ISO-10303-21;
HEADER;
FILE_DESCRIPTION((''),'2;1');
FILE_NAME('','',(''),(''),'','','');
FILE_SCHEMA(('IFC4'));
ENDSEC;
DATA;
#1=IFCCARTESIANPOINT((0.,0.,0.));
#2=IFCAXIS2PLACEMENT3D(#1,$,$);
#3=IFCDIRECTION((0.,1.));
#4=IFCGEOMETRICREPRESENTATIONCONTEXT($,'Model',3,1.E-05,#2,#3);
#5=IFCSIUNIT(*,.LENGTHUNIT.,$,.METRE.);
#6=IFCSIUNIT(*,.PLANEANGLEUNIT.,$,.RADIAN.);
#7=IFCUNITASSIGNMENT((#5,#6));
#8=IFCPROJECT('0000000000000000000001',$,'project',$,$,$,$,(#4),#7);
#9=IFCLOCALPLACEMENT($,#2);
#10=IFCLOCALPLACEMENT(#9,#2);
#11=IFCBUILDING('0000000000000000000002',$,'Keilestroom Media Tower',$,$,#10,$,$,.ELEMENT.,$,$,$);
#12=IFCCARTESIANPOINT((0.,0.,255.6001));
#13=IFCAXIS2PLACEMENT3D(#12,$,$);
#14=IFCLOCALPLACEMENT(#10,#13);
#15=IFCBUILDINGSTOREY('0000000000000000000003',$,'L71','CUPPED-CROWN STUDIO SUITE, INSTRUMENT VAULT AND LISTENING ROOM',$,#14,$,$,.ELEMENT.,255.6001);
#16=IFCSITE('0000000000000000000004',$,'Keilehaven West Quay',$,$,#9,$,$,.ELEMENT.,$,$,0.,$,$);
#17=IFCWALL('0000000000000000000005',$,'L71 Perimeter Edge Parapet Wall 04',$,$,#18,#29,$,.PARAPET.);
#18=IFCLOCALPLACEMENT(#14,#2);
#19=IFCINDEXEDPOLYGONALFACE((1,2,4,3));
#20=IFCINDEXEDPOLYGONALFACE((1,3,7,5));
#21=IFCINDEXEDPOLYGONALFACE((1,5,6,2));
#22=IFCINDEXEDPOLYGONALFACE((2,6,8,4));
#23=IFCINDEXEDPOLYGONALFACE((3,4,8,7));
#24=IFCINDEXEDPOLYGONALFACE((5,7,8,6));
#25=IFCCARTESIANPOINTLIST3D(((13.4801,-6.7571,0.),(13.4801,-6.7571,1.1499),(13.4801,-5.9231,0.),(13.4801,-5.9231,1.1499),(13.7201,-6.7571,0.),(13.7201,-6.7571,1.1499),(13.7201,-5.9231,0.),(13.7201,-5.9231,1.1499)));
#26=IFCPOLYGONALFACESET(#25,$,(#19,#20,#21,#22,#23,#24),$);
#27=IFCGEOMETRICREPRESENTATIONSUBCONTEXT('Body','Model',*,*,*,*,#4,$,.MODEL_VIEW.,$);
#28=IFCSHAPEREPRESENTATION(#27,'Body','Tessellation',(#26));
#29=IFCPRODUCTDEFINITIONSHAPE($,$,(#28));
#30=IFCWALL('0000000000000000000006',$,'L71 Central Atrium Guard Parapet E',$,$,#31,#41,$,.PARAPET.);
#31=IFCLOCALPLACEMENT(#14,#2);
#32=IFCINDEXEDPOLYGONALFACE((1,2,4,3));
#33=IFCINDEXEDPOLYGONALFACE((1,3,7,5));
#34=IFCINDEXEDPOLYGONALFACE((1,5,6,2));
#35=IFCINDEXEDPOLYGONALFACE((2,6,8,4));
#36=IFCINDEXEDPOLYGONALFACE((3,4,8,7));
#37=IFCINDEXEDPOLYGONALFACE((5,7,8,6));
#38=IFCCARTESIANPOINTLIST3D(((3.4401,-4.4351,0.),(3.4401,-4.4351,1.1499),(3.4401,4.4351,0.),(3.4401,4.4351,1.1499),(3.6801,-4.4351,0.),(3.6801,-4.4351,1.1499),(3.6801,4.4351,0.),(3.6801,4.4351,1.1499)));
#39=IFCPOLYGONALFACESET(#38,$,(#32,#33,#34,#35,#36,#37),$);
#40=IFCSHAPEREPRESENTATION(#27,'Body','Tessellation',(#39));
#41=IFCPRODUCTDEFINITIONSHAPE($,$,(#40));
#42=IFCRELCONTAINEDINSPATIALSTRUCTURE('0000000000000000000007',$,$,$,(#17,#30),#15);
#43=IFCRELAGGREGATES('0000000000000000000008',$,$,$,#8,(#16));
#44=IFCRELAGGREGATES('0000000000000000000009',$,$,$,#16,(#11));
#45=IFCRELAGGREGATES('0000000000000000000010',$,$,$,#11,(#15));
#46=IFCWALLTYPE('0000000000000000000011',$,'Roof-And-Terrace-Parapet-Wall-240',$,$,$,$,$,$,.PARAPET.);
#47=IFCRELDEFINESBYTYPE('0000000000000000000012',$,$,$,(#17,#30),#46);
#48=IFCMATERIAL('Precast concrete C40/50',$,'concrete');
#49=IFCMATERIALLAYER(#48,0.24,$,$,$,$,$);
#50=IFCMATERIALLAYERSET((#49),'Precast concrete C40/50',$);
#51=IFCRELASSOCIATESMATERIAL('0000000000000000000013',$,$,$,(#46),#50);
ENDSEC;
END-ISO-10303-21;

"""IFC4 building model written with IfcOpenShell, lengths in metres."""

from ifc_helpers import new_model, si_unit, direction, frame, frame_2d, origin, place, context, subcontext, project, spatial, rectangle, extrude, material, layer, layer_set, type_object, element, save


model = new_model("IFC4")

# Units and contexts
model_context = context("Model", 3, precision=1e-05, world=origin(), true_north=direction((0.0, 1.0)))
body_context = subcontext(model_context, "Body", "Model", "MODEL_VIEW")
ifc_project = project(units=[si_unit("LENGTHUNIT", "METRE"), si_unit("PLANEANGLEUNIT", "RADIAN")], contexts=[model_context])

# Site, building, storey
site_placement = place(None, origin())
site = spatial("IfcSite", under=ifc_project, at=site_placement, Name="Keilehaven West Quay", CompositionType="ELEMENT", RefElevation=0.0)
building_placement = place(site_placement, origin())
building = spatial("IfcBuilding", under=site, at=building_placement, Name="Keilestroom Media Tower", CompositionType="ELEMENT")
storey_placement = place(building_placement, frame((0.0, 0.0, 255.6001)))
storey = spatial("IfcBuildingStorey", under=building, at=storey_placement, Name="L71", Description="CUPPED-CROWN STUDIO SUITE, INSTRUMENT VAULT AND LISTENING ROOM", CompositionType="ELEMENT", Elevation=255.6001)

# Walls
ifc_material_1 = material(Name="Precast concrete C40/50", Category="concrete")
ifc_layer_1 = layer(ifc_material_1, 0.24)
ifc_layer_set_1 = layer_set([ifc_layer_1], Name="Precast concrete C40/50")
wall_type_1 = type_object("IfcWallType", Name="Roof-And-Terrace-Parapet-Wall-240", PredefinedType="PARAPET", material=ifc_layer_set_1)
wall_1_placement = place(storey_placement, frame((13.6001, -5.9231, 0.0), z_axis=(0.0, 0.0, 1.0), x_axis=(0.0, -1.0, 0.0)))
element("IfcWall", 1, at=wall_1_placement, inside=storey, type_object=wall_type_1, Name="L71 Perimeter Edge Parapet Wall 04", PredefinedType="PARAPET", context=body_context, shape_type="SweptSolid", body=[
    extrude(rectangle(XDim=0.834, YDim=0.24, at=frame_2d((0.417, 0.0))), origin(), (0.0, 0.0, 1.0), 1.1499),
])
wall_2_placement = place(storey_placement, frame((3.5601, -4.4351, 0.0), z_axis=(0.0, 0.0, 1.0), x_axis=(0.0, 1.0, 0.0)))
element("IfcWall", 2, at=wall_2_placement, inside=storey, type_object=wall_type_1, Name="L71 Central Atrium Guard Parapet E", PredefinedType="PARAPET", context=body_context, shape_type="SweptSolid", body=[
    extrude(rectangle(XDim=8.8701, YDim=0.24, at=frame_2d((4.4351, 0.0))), origin(), (0.0, 0.0, 1.0), 1.1499),
])

save(model, "model.ifc")
